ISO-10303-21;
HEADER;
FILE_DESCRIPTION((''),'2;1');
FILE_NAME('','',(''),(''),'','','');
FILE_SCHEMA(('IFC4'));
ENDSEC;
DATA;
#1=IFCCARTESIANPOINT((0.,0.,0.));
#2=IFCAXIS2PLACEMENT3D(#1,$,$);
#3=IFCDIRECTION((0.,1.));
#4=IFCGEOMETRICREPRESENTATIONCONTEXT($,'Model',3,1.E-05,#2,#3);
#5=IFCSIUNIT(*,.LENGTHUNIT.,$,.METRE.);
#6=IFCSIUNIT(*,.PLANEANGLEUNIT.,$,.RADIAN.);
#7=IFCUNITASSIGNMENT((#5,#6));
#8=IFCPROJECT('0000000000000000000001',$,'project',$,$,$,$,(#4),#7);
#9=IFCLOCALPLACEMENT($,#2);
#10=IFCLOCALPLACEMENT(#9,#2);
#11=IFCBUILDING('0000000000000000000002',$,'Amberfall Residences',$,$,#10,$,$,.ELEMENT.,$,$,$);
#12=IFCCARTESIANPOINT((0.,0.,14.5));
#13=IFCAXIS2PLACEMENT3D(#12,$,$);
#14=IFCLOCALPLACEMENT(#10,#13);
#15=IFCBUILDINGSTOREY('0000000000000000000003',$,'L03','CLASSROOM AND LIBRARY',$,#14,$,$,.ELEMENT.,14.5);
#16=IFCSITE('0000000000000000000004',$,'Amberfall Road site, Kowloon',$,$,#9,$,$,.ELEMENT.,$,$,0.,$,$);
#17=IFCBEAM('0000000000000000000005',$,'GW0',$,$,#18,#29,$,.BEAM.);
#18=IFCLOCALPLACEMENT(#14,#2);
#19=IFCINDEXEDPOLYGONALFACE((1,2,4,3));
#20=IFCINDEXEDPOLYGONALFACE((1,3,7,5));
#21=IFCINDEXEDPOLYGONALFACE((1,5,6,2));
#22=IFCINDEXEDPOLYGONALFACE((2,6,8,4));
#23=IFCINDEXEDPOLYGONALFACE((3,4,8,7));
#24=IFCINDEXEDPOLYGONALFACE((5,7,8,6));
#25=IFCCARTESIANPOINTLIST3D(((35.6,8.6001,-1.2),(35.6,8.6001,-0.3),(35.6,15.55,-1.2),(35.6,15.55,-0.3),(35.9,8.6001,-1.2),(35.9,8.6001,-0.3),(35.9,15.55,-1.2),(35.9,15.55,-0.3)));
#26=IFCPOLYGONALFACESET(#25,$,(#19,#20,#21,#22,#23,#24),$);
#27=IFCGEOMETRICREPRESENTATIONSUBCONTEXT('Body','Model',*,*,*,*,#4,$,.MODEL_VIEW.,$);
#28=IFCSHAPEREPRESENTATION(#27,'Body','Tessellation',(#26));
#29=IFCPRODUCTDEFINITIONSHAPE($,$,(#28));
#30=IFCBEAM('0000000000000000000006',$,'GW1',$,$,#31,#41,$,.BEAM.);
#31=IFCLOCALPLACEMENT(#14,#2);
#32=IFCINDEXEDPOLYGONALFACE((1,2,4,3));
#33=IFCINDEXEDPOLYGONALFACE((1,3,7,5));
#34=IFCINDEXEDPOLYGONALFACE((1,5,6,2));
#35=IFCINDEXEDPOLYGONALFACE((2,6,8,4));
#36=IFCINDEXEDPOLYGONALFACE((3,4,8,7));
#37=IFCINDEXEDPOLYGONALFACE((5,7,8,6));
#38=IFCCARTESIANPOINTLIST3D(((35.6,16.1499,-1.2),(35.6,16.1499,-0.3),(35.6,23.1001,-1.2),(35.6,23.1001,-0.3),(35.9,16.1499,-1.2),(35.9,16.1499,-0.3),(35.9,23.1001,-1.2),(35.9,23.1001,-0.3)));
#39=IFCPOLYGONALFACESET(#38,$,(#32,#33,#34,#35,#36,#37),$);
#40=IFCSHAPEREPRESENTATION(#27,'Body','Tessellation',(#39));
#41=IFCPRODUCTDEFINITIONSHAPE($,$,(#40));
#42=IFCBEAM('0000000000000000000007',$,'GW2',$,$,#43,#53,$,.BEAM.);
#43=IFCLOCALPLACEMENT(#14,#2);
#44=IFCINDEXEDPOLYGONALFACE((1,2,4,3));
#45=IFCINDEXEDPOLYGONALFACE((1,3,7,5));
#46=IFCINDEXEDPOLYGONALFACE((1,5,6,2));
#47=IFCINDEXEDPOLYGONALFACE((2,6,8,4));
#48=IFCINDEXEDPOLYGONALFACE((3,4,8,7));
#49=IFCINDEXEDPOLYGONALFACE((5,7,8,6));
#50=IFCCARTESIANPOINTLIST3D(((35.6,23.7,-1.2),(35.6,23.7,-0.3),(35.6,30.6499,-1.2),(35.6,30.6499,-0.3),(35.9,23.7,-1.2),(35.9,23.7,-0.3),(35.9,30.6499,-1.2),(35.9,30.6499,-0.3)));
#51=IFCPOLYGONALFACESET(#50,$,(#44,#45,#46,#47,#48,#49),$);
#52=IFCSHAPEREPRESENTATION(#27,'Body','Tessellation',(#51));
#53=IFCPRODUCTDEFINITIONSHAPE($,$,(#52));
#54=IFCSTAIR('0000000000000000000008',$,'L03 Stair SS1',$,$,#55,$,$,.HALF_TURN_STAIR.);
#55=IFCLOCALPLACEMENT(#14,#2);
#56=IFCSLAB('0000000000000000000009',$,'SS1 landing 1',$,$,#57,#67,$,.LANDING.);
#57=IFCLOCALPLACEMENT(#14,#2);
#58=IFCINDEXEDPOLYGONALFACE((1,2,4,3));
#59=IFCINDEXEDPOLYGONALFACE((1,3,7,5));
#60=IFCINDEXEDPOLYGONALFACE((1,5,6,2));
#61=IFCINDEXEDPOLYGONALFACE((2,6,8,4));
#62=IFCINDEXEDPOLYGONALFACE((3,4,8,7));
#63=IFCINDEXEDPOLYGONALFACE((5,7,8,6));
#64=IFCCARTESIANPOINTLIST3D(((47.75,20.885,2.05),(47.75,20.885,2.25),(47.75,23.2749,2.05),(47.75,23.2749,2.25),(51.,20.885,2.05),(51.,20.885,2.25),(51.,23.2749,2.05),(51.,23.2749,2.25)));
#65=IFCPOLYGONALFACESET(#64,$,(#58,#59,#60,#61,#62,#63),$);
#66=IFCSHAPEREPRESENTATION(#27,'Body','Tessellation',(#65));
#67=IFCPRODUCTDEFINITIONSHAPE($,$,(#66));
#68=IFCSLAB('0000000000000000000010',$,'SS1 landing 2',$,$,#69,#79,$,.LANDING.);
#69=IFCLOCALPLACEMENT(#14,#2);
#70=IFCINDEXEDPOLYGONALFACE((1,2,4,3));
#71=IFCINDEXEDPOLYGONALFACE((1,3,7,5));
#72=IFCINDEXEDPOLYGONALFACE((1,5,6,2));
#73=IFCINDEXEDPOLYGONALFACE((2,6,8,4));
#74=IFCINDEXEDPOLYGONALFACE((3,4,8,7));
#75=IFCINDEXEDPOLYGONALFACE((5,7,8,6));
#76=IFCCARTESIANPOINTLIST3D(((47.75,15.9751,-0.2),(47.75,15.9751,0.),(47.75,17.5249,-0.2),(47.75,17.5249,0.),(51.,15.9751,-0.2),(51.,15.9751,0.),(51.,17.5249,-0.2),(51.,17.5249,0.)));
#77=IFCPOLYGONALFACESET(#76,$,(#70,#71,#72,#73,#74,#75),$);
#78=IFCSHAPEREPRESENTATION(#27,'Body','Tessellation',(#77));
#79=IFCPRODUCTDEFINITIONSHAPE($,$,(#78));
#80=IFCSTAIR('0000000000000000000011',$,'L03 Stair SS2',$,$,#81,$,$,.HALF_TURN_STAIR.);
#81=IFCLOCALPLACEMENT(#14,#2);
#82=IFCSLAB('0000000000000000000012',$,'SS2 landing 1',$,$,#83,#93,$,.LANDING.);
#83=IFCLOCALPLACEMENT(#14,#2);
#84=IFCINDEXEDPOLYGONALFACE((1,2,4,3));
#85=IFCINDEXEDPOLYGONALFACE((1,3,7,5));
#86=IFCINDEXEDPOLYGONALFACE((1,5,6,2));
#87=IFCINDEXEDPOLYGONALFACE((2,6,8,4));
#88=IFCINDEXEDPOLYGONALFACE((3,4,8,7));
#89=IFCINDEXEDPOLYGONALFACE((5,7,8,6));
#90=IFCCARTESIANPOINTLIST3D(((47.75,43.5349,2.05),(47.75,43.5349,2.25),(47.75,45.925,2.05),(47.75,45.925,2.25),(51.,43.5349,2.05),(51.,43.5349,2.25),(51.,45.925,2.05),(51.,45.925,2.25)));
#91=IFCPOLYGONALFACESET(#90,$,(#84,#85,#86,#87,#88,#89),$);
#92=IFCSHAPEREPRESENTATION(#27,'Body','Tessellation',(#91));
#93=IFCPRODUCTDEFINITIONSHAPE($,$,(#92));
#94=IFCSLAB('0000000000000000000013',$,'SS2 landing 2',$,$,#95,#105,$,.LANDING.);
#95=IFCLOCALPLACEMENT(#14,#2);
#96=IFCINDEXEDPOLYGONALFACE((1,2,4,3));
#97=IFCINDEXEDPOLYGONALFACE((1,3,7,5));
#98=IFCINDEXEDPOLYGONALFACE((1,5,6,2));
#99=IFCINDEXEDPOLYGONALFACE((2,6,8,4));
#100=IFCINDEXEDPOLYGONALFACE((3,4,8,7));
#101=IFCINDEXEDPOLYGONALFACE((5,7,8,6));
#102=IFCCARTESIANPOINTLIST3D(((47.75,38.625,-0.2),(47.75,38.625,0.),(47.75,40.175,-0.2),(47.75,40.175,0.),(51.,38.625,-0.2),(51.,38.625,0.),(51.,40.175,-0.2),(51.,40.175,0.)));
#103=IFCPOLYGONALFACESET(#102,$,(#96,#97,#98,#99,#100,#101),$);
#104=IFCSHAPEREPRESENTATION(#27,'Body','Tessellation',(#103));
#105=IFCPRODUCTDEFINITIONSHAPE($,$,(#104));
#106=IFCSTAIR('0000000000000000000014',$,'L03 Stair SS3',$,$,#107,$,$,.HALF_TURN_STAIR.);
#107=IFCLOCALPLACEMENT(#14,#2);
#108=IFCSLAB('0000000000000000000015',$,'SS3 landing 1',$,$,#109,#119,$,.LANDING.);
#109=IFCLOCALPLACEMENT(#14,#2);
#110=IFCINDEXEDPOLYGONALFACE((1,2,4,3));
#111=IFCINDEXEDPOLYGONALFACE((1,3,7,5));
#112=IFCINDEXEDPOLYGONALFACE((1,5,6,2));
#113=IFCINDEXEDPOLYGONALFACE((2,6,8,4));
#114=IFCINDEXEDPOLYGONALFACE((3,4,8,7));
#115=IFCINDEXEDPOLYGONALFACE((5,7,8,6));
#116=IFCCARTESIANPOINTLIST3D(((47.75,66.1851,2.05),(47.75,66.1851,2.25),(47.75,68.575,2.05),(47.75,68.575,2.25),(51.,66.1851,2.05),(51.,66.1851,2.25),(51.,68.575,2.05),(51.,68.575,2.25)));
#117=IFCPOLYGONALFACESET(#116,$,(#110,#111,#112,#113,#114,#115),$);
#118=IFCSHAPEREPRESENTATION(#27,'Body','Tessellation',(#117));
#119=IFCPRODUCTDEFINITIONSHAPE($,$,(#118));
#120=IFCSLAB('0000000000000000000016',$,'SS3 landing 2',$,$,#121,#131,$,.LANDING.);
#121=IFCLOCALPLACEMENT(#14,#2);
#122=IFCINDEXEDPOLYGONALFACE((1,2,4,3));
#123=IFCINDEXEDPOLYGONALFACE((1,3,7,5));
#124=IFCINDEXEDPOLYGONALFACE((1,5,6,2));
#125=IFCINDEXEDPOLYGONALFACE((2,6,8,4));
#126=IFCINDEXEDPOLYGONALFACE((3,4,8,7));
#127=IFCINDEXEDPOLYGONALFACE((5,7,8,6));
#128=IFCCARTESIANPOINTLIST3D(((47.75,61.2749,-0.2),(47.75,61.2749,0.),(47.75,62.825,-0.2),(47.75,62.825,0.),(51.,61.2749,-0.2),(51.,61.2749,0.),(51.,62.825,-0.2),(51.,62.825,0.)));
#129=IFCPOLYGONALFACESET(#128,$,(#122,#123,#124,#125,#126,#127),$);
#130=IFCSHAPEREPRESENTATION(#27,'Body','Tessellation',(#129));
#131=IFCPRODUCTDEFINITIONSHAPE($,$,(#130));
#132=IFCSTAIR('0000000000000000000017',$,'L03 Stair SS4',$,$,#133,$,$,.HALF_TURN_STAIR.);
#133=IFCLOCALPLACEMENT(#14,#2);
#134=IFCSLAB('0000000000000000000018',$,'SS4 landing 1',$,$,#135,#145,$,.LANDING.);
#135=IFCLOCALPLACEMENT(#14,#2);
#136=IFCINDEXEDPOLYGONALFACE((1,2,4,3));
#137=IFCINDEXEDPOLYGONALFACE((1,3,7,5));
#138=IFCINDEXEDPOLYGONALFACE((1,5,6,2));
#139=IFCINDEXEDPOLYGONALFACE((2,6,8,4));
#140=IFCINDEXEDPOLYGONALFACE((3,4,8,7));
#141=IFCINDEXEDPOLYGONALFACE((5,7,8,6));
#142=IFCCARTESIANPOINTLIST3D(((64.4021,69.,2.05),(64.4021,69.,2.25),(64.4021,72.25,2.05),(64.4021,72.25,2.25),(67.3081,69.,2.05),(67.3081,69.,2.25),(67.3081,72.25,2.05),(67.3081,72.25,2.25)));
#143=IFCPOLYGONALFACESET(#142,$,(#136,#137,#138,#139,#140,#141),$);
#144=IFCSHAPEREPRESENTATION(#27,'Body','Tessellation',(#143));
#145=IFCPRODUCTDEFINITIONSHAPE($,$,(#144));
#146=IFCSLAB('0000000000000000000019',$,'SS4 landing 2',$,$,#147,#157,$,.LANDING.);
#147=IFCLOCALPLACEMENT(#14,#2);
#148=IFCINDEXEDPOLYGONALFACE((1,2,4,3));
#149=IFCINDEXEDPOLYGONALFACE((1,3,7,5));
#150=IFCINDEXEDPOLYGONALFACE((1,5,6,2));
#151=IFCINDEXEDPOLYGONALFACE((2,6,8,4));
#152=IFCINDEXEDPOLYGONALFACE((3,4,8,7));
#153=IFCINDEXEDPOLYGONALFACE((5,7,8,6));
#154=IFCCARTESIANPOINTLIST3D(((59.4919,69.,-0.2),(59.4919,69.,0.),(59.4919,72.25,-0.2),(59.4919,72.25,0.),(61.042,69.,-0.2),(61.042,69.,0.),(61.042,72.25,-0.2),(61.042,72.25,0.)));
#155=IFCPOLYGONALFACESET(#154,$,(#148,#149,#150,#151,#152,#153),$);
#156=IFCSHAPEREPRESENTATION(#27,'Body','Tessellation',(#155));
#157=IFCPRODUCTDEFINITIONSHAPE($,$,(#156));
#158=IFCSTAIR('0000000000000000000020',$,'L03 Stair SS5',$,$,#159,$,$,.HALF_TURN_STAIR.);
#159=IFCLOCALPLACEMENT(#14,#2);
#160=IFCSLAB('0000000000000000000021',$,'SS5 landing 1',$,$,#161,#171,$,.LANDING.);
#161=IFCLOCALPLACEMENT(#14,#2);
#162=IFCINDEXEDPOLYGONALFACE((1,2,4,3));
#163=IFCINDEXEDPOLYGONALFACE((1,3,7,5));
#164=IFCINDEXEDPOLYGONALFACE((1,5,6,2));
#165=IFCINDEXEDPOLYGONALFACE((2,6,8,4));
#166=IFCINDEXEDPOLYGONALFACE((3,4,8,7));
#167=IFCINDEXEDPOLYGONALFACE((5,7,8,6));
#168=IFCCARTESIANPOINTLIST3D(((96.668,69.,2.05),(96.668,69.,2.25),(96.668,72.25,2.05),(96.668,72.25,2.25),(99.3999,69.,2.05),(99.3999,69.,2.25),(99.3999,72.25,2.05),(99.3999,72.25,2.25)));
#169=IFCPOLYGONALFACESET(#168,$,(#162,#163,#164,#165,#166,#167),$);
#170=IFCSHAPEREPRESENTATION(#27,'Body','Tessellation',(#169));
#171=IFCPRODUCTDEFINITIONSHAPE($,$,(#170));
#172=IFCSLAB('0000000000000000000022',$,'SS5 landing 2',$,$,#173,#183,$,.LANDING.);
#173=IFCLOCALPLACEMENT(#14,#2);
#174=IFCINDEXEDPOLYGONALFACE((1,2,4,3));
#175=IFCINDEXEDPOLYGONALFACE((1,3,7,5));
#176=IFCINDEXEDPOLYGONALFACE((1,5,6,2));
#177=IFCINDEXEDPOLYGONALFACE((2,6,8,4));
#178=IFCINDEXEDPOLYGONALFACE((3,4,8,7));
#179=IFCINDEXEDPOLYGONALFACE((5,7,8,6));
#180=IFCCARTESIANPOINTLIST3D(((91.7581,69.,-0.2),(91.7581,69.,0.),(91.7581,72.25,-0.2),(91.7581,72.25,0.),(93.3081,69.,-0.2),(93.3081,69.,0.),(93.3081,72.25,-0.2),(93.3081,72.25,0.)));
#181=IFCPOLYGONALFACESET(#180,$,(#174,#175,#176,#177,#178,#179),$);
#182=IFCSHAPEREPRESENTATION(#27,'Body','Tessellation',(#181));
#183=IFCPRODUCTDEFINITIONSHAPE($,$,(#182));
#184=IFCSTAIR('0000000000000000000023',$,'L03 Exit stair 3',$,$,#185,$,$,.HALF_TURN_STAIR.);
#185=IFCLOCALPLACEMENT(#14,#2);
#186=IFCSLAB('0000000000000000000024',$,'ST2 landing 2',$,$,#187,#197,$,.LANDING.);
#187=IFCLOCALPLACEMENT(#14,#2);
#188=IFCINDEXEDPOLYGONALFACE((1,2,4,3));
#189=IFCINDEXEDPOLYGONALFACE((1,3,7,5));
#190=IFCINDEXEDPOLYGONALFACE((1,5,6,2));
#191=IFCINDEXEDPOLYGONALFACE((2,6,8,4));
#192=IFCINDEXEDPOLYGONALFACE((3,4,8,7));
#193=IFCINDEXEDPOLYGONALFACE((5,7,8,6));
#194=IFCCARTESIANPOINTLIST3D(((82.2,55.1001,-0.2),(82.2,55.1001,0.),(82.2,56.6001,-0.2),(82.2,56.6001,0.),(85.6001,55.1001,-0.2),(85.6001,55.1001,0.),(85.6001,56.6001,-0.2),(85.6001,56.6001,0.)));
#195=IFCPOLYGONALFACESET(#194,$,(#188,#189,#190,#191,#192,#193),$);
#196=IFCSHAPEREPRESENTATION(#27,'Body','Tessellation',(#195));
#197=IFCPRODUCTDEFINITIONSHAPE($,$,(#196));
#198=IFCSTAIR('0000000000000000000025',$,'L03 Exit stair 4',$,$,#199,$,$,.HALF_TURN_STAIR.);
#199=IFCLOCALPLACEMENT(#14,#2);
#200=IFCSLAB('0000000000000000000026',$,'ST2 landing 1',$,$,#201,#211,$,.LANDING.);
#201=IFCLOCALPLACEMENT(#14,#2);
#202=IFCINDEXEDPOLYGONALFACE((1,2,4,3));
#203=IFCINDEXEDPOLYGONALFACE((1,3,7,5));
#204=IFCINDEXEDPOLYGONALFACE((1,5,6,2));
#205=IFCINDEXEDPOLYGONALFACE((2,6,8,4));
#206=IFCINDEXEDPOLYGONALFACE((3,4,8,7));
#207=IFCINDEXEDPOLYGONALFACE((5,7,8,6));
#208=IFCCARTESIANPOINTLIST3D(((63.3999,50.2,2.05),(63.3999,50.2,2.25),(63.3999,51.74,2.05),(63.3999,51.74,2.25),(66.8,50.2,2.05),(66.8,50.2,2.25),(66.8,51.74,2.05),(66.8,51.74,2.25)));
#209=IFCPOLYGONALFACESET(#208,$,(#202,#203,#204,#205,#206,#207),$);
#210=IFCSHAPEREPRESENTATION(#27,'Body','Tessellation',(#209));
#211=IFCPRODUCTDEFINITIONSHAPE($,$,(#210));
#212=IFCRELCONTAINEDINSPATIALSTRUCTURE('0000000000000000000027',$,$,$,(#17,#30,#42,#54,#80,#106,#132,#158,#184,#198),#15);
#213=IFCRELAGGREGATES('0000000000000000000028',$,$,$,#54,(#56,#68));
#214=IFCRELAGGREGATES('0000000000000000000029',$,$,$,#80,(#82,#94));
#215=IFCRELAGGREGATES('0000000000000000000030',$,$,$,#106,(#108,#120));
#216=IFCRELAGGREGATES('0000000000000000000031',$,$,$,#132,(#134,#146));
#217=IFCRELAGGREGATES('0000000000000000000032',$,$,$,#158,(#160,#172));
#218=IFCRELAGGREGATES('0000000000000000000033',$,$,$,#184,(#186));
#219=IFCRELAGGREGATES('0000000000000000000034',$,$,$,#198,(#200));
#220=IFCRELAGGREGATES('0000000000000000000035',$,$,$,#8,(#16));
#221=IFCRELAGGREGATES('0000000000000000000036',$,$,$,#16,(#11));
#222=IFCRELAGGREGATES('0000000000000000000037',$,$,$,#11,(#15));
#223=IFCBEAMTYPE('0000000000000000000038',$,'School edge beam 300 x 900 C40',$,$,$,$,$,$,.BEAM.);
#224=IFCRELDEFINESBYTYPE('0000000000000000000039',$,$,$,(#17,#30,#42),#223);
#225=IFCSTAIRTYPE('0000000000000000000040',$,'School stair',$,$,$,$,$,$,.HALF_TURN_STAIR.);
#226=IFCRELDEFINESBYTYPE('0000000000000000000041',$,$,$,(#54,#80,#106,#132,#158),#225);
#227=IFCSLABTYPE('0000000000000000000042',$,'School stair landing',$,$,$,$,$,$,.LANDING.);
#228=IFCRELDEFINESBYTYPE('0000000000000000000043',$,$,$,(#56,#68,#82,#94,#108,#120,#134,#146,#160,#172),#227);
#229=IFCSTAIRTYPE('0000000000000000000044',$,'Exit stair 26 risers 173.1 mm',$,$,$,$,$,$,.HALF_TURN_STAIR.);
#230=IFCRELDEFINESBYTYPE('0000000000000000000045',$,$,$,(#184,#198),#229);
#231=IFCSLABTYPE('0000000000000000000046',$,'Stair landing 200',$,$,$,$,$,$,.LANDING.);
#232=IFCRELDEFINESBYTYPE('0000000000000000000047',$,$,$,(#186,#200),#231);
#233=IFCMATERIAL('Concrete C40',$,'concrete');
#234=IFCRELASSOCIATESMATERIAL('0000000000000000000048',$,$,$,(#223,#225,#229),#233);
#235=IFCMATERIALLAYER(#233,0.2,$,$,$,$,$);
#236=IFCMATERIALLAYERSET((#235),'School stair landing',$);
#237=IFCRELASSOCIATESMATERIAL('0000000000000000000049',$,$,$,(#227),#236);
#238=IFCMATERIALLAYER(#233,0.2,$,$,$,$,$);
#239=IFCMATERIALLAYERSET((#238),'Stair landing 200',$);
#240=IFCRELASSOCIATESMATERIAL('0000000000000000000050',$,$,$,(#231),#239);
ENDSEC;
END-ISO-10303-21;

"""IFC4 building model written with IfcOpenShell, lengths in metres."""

from ifc_helpers import new_model, si_unit, direction, frame, origin, origin_2d, place, context, subcontext, project, spatial, polyline, rectangle, outline, extrude, material, layer, layer_set, material_profile, profile_set, type_object, element, aggregate, save


model = new_model("IFC4")

# Units and contexts
model_context = context("Model", 3, precision=1e-05, world=origin(), true_north=direction((0.0, 1.0)))
body_context = subcontext(model_context, "Body", "Model", "MODEL_VIEW")
ifc_project = project(units=[si_unit("LENGTHUNIT", "METRE"), si_unit("PLANEANGLEUNIT", "RADIAN")], contexts=[model_context])

# Site, building, storey
site_placement = place(None, origin())
site = spatial("IfcSite", under=ifc_project, at=site_placement, Name="Amberfall Road site, Kowloon", CompositionType="ELEMENT", RefElevation=0.0)
building_placement = place(site_placement, origin())
building = spatial("IfcBuilding", under=site, at=building_placement, Name="Amberfall Residences", CompositionType="ELEMENT")
storey_placement = place(building_placement, frame((0.0, 0.0, 14.5)))
storey = spatial("IfcBuildingStorey", under=building, at=storey_placement, Name="L03", Description="CLASSROOM AND LIBRARY", CompositionType="ELEMENT", Elevation=14.5)

# Beams
ifc_material_1 = material(Name="Concrete C40", Category="concrete")
ifc_material_profile = material_profile(ifc_material_1, rectangle(XDim=0.3, YDim=0.8999, at=origin_2d()), Name="School edge beam 300 x 900 C40")
ifc_profile_set = profile_set([ifc_material_profile], Name="Concrete C40")
beam_type = type_object("IfcBeamType", Name="School edge beam 300 x 900 C40", PredefinedType="BEAM", material=ifc_profile_set)
beam_1_placement = place(storey_placement, frame((35.75, 8.6001, -0.75), z_axis=(0.0, 1.0, 0.0), x_axis=(-1.0, 0.0, 0.0)))
element("IfcBeam", 1, at=beam_1_placement, inside=storey, type_object=beam_type, Name="GW0", PredefinedType="BEAM", context=body_context, shape_type="SweptSolid", body=[
    extrude(rectangle(XDim=0.3, YDim=0.8999, at=origin_2d()), origin(), (0.0, 0.0, 1.0), 6.95),
])
beam_2_placement = place(storey_placement, frame((35.75, 16.1499, -0.75), z_axis=(0.0, 1.0, 0.0), x_axis=(-1.0, 0.0, 0.0)))
element("IfcBeam", 2, at=beam_2_placement, inside=storey, type_object=beam_type, Name="GW1", PredefinedType="BEAM", context=body_context, shape_type="SweptSolid", body=[
    extrude(rectangle(XDim=0.3, YDim=0.8999, at=origin_2d()), origin(), (0.0, 0.0, 1.0), 6.9502),
])
beam_3_placement = place(storey_placement, frame((35.75, 23.7, -0.75), z_axis=(0.0, 1.0, 0.0), x_axis=(-1.0, 0.0, 0.0)))
element("IfcBeam", 3, at=beam_3_placement, inside=storey, type_object=beam_type, Name="GW2", PredefinedType="BEAM", context=body_context, shape_type="SweptSolid", body=[
    extrude(rectangle(XDim=0.3, YDim=0.8999, at=origin_2d()), origin(), (0.0, 0.0, 1.0), 6.95),
])

# Stairs, slabs
stair_type_1 = type_object("IfcStairType", Name="School stair", PredefinedType="HALF_TURN_STAIR", material=ifc_material_1)
stair_1_placement = place(storey_placement, origin())
stair_1 = element("IfcStair", 4, at=stair_1_placement, inside=storey, type_object=stair_type_1, Name="L03 Stair SS1", PredefinedType="HALF_TURN_STAIR")
ifc_layer_1 = layer(ifc_material_1, 0.2)
ifc_layer_set_1 = layer_set([ifc_layer_1], Name="School stair landing")
slab_type_1 = type_object("IfcSlabType", Name="School stair landing", PredefinedType="LANDING", material=ifc_layer_set_1)
slab_1_placement = place(storey_placement, frame((0.0, 0.0, 2.05)))
slab_1 = element("IfcSlab", 5, at=slab_1_placement, type_object=slab_type_1, Name="SS1 landing 1", PredefinedType="LANDING", context=body_context, shape_type="SweptSolid", body=[
    extrude(outline(polyline([(51.0, 20.885), (51.0, 23.2749), (47.75, 23.2749), (47.75, 20.885), (51.0, 20.885)])), origin(), (0.0, 0.0, 1.0), 0.2),
])
slab_2_placement = place(storey_placement, frame((0.0, 0.0, -0.2)))
slab_2 = element("IfcSlab", 6, at=slab_2_placement, type_object=slab_type_1, Name="SS1 landing 2", PredefinedType="LANDING", context=body_context, shape_type="SweptSolid", body=[
    extrude(outline(polyline([(51.0, 15.9751), (51.0, 17.5249), (47.75, 17.5249), (47.75, 15.9751), (51.0, 15.9751)])), origin(), (0.0, 0.0, 1.0), 0.2),
])
aggregate(stair_1, [slab_1, slab_2])
stair_2_placement = place(storey_placement, origin())
stair_2 = element("IfcStair", 7, at=stair_2_placement, inside=storey, type_object=stair_type_1, Name="L03 Stair SS2", PredefinedType="HALF_TURN_STAIR")
slab_3_placement = place(storey_placement, frame((0.0, 0.0, 2.05)))
slab_3 = element("IfcSlab", 8, at=slab_3_placement, type_object=slab_type_1, Name="SS2 landing 1", PredefinedType="LANDING", context=body_context, shape_type="SweptSolid", body=[
    extrude(outline(polyline([(51.0, 43.5349), (51.0, 45.925), (47.75, 45.925), (47.75, 43.5349), (51.0, 43.5349)])), origin(), (0.0, 0.0, 1.0), 0.2),
])
slab_4_placement = place(storey_placement, frame((0.0, 0.0, -0.2)))
slab_4 = element("IfcSlab", 9, at=slab_4_placement, type_object=slab_type_1, Name="SS2 landing 2", PredefinedType="LANDING", context=body_context, shape_type="SweptSolid", body=[
    extrude(outline(polyline([(51.0, 38.625), (51.0, 40.175), (47.75, 40.175), (47.75, 38.625), (51.0, 38.625)])), origin(), (0.0, 0.0, 1.0), 0.2),
])
aggregate(stair_2, [slab_3, slab_4])
stair_3_placement = place(storey_placement, origin())
stair_3 = element("IfcStair", 10, at=stair_3_placement, inside=storey, type_object=stair_type_1, Name="L03 Stair SS3", PredefinedType="HALF_TURN_STAIR")
slab_5_placement = place(storey_placement, frame((0.0, 0.0, 2.05)))
slab_5 = element("IfcSlab", 11, at=slab_5_placement, type_object=slab_type_1, Name="SS3 landing 1", PredefinedType="LANDING", context=body_context, shape_type="SweptSolid", body=[
    extrude(outline(polyline([(51.0, 66.1851), (51.0, 68.575), (47.75, 68.575), (47.75, 66.1851), (51.0, 66.1851)])), origin(), (0.0, 0.0, 1.0), 0.2),
])
slab_6_placement = place(storey_placement, frame((0.0, 0.0, -0.2)))
slab_6 = element("IfcSlab", 12, at=slab_6_placement, type_object=slab_type_1, Name="SS3 landing 2", PredefinedType="LANDING", context=body_context, shape_type="SweptSolid", body=[
    extrude(outline(polyline([(51.0, 61.2749), (51.0, 62.825), (47.75, 62.825), (47.75, 61.2749), (51.0, 61.2749)])), origin(), (0.0, 0.0, 1.0), 0.2),
])
aggregate(stair_3, [slab_5, slab_6])
stair_4_placement = place(storey_placement, origin())
stair_4 = element("IfcStair", 13, at=stair_4_placement, inside=storey, type_object=stair_type_1, Name="L03 Stair SS4", PredefinedType="HALF_TURN_STAIR")
slab_7_placement = place(storey_placement, frame((0.0, 0.0, 2.05)))
slab_7 = element("IfcSlab", 14, at=slab_7_placement, type_object=slab_type_1, Name="SS4 landing 1", PredefinedType="LANDING", context=body_context, shape_type="SweptSolid", body=[
    extrude(outline(polyline([(64.4021, 69.0), (67.3081, 69.0), (67.3081, 72.25), (64.4021, 72.25), (64.4021, 69.0)])), origin(), (0.0, 0.0, 1.0), 0.2),
])
slab_8_placement = place(storey_placement, frame((0.0, 0.0, -0.2)))
slab_8 = element("IfcSlab", 15, at=slab_8_placement, type_object=slab_type_1, Name="SS4 landing 2", PredefinedType="LANDING", context=body_context, shape_type="SweptSolid", body=[
    extrude(outline(polyline([(59.4919, 69.0), (61.042, 69.0), (61.042, 72.25), (59.4919, 72.25), (59.4919, 69.0)])), origin(), (0.0, 0.0, 1.0), 0.2),
])
aggregate(stair_4, [slab_7, slab_8])
stair_5_placement = place(storey_placement, origin())
stair_5 = element("IfcStair", 16, at=stair_5_placement, inside=storey, type_object=stair_type_1, Name="L03 Stair SS5", PredefinedType="HALF_TURN_STAIR")
slab_9_placement = place(storey_placement, frame((0.0, 0.0, 2.05)))
slab_9 = element("IfcSlab", 17, at=slab_9_placement, type_object=slab_type_1, Name="SS5 landing 1", PredefinedType="LANDING", context=body_context, shape_type="SweptSolid", body=[
    extrude(outline(polyline([(96.668, 69.0), (99.3999, 69.0), (99.3999, 72.25), (96.668, 72.25), (96.668, 69.0)])), origin(), (0.0, 0.0, 1.0), 0.2),
])
slab_10_placement = place(storey_placement, frame((0.0, 0.0, -0.2)))
slab_10 = element("IfcSlab", 18, at=slab_10_placement, type_object=slab_type_1, Name="SS5 landing 2", PredefinedType="LANDING", context=body_context, shape_type="SweptSolid", body=[
    extrude(outline(polyline([(91.7581, 69.0), (93.3081, 69.0), (93.3081, 72.25), (91.7581, 72.25), (91.7581, 69.0)])), origin(), (0.0, 0.0, 1.0), 0.2),
])
aggregate(stair_5, [slab_9, slab_10])

# Stair, slab
stair_type_2 = type_object("IfcStairType", Name="Exit stair 26 risers 173.1 mm", PredefinedType="HALF_TURN_STAIR", material=ifc_material_1)
stair_6_placement = place(storey_placement, origin())
stair_6 = element("IfcStair", 19, at=stair_6_placement, inside=storey, type_object=stair_type_2, Name="L03 Exit stair 3", PredefinedType="HALF_TURN_STAIR")
ifc_layer_2 = layer(ifc_material_1, 0.2)
ifc_layer_set_2 = layer_set([ifc_layer_2], Name="Stair landing 200")
slab_type_2 = type_object("IfcSlabType", Name="Stair landing 200", PredefinedType="LANDING", material=ifc_layer_set_2)
slab_11_placement = place(storey_placement, frame((0.0, 0.0, -0.2)))
slab_11 = element("IfcSlab", 20, at=slab_11_placement, type_object=slab_type_2, Name="ST2 landing 2", PredefinedType="LANDING", context=body_context, shape_type="SweptSolid", body=[
    extrude(outline(polyline([(82.2, 56.6001), (82.2, 55.1001), (85.6001, 55.1001), (85.6001, 56.6001), (82.2, 56.6001)])), origin(), (0.0, 0.0, 1.0), 0.2),
])
aggregate(stair_6, [slab_11])

# Stair, slab
stair_7_placement = place(storey_placement, origin())
stair_7 = element("IfcStair", 21, at=stair_7_placement, inside=storey, type_object=stair_type_2, Name="L03 Exit stair 4", PredefinedType="HALF_TURN_STAIR")
slab_12_placement = place(storey_placement, frame((0.0, 0.0, 2.05)))
slab_12 = element("IfcSlab", 22, at=slab_12_placement, type_object=slab_type_2, Name="ST2 landing 1", PredefinedType="LANDING", context=body_context, shape_type="SweptSolid", body=[
    extrude(outline(polyline([(63.3999, 51.74), (63.3999, 50.2), (66.8, 50.2), (66.8, 51.74), (63.3999, 51.74)])), origin(), (0.0, 0.0, 1.0), 0.2),
])
aggregate(stair_7, [slab_12])

save(model, "model.ifc")
